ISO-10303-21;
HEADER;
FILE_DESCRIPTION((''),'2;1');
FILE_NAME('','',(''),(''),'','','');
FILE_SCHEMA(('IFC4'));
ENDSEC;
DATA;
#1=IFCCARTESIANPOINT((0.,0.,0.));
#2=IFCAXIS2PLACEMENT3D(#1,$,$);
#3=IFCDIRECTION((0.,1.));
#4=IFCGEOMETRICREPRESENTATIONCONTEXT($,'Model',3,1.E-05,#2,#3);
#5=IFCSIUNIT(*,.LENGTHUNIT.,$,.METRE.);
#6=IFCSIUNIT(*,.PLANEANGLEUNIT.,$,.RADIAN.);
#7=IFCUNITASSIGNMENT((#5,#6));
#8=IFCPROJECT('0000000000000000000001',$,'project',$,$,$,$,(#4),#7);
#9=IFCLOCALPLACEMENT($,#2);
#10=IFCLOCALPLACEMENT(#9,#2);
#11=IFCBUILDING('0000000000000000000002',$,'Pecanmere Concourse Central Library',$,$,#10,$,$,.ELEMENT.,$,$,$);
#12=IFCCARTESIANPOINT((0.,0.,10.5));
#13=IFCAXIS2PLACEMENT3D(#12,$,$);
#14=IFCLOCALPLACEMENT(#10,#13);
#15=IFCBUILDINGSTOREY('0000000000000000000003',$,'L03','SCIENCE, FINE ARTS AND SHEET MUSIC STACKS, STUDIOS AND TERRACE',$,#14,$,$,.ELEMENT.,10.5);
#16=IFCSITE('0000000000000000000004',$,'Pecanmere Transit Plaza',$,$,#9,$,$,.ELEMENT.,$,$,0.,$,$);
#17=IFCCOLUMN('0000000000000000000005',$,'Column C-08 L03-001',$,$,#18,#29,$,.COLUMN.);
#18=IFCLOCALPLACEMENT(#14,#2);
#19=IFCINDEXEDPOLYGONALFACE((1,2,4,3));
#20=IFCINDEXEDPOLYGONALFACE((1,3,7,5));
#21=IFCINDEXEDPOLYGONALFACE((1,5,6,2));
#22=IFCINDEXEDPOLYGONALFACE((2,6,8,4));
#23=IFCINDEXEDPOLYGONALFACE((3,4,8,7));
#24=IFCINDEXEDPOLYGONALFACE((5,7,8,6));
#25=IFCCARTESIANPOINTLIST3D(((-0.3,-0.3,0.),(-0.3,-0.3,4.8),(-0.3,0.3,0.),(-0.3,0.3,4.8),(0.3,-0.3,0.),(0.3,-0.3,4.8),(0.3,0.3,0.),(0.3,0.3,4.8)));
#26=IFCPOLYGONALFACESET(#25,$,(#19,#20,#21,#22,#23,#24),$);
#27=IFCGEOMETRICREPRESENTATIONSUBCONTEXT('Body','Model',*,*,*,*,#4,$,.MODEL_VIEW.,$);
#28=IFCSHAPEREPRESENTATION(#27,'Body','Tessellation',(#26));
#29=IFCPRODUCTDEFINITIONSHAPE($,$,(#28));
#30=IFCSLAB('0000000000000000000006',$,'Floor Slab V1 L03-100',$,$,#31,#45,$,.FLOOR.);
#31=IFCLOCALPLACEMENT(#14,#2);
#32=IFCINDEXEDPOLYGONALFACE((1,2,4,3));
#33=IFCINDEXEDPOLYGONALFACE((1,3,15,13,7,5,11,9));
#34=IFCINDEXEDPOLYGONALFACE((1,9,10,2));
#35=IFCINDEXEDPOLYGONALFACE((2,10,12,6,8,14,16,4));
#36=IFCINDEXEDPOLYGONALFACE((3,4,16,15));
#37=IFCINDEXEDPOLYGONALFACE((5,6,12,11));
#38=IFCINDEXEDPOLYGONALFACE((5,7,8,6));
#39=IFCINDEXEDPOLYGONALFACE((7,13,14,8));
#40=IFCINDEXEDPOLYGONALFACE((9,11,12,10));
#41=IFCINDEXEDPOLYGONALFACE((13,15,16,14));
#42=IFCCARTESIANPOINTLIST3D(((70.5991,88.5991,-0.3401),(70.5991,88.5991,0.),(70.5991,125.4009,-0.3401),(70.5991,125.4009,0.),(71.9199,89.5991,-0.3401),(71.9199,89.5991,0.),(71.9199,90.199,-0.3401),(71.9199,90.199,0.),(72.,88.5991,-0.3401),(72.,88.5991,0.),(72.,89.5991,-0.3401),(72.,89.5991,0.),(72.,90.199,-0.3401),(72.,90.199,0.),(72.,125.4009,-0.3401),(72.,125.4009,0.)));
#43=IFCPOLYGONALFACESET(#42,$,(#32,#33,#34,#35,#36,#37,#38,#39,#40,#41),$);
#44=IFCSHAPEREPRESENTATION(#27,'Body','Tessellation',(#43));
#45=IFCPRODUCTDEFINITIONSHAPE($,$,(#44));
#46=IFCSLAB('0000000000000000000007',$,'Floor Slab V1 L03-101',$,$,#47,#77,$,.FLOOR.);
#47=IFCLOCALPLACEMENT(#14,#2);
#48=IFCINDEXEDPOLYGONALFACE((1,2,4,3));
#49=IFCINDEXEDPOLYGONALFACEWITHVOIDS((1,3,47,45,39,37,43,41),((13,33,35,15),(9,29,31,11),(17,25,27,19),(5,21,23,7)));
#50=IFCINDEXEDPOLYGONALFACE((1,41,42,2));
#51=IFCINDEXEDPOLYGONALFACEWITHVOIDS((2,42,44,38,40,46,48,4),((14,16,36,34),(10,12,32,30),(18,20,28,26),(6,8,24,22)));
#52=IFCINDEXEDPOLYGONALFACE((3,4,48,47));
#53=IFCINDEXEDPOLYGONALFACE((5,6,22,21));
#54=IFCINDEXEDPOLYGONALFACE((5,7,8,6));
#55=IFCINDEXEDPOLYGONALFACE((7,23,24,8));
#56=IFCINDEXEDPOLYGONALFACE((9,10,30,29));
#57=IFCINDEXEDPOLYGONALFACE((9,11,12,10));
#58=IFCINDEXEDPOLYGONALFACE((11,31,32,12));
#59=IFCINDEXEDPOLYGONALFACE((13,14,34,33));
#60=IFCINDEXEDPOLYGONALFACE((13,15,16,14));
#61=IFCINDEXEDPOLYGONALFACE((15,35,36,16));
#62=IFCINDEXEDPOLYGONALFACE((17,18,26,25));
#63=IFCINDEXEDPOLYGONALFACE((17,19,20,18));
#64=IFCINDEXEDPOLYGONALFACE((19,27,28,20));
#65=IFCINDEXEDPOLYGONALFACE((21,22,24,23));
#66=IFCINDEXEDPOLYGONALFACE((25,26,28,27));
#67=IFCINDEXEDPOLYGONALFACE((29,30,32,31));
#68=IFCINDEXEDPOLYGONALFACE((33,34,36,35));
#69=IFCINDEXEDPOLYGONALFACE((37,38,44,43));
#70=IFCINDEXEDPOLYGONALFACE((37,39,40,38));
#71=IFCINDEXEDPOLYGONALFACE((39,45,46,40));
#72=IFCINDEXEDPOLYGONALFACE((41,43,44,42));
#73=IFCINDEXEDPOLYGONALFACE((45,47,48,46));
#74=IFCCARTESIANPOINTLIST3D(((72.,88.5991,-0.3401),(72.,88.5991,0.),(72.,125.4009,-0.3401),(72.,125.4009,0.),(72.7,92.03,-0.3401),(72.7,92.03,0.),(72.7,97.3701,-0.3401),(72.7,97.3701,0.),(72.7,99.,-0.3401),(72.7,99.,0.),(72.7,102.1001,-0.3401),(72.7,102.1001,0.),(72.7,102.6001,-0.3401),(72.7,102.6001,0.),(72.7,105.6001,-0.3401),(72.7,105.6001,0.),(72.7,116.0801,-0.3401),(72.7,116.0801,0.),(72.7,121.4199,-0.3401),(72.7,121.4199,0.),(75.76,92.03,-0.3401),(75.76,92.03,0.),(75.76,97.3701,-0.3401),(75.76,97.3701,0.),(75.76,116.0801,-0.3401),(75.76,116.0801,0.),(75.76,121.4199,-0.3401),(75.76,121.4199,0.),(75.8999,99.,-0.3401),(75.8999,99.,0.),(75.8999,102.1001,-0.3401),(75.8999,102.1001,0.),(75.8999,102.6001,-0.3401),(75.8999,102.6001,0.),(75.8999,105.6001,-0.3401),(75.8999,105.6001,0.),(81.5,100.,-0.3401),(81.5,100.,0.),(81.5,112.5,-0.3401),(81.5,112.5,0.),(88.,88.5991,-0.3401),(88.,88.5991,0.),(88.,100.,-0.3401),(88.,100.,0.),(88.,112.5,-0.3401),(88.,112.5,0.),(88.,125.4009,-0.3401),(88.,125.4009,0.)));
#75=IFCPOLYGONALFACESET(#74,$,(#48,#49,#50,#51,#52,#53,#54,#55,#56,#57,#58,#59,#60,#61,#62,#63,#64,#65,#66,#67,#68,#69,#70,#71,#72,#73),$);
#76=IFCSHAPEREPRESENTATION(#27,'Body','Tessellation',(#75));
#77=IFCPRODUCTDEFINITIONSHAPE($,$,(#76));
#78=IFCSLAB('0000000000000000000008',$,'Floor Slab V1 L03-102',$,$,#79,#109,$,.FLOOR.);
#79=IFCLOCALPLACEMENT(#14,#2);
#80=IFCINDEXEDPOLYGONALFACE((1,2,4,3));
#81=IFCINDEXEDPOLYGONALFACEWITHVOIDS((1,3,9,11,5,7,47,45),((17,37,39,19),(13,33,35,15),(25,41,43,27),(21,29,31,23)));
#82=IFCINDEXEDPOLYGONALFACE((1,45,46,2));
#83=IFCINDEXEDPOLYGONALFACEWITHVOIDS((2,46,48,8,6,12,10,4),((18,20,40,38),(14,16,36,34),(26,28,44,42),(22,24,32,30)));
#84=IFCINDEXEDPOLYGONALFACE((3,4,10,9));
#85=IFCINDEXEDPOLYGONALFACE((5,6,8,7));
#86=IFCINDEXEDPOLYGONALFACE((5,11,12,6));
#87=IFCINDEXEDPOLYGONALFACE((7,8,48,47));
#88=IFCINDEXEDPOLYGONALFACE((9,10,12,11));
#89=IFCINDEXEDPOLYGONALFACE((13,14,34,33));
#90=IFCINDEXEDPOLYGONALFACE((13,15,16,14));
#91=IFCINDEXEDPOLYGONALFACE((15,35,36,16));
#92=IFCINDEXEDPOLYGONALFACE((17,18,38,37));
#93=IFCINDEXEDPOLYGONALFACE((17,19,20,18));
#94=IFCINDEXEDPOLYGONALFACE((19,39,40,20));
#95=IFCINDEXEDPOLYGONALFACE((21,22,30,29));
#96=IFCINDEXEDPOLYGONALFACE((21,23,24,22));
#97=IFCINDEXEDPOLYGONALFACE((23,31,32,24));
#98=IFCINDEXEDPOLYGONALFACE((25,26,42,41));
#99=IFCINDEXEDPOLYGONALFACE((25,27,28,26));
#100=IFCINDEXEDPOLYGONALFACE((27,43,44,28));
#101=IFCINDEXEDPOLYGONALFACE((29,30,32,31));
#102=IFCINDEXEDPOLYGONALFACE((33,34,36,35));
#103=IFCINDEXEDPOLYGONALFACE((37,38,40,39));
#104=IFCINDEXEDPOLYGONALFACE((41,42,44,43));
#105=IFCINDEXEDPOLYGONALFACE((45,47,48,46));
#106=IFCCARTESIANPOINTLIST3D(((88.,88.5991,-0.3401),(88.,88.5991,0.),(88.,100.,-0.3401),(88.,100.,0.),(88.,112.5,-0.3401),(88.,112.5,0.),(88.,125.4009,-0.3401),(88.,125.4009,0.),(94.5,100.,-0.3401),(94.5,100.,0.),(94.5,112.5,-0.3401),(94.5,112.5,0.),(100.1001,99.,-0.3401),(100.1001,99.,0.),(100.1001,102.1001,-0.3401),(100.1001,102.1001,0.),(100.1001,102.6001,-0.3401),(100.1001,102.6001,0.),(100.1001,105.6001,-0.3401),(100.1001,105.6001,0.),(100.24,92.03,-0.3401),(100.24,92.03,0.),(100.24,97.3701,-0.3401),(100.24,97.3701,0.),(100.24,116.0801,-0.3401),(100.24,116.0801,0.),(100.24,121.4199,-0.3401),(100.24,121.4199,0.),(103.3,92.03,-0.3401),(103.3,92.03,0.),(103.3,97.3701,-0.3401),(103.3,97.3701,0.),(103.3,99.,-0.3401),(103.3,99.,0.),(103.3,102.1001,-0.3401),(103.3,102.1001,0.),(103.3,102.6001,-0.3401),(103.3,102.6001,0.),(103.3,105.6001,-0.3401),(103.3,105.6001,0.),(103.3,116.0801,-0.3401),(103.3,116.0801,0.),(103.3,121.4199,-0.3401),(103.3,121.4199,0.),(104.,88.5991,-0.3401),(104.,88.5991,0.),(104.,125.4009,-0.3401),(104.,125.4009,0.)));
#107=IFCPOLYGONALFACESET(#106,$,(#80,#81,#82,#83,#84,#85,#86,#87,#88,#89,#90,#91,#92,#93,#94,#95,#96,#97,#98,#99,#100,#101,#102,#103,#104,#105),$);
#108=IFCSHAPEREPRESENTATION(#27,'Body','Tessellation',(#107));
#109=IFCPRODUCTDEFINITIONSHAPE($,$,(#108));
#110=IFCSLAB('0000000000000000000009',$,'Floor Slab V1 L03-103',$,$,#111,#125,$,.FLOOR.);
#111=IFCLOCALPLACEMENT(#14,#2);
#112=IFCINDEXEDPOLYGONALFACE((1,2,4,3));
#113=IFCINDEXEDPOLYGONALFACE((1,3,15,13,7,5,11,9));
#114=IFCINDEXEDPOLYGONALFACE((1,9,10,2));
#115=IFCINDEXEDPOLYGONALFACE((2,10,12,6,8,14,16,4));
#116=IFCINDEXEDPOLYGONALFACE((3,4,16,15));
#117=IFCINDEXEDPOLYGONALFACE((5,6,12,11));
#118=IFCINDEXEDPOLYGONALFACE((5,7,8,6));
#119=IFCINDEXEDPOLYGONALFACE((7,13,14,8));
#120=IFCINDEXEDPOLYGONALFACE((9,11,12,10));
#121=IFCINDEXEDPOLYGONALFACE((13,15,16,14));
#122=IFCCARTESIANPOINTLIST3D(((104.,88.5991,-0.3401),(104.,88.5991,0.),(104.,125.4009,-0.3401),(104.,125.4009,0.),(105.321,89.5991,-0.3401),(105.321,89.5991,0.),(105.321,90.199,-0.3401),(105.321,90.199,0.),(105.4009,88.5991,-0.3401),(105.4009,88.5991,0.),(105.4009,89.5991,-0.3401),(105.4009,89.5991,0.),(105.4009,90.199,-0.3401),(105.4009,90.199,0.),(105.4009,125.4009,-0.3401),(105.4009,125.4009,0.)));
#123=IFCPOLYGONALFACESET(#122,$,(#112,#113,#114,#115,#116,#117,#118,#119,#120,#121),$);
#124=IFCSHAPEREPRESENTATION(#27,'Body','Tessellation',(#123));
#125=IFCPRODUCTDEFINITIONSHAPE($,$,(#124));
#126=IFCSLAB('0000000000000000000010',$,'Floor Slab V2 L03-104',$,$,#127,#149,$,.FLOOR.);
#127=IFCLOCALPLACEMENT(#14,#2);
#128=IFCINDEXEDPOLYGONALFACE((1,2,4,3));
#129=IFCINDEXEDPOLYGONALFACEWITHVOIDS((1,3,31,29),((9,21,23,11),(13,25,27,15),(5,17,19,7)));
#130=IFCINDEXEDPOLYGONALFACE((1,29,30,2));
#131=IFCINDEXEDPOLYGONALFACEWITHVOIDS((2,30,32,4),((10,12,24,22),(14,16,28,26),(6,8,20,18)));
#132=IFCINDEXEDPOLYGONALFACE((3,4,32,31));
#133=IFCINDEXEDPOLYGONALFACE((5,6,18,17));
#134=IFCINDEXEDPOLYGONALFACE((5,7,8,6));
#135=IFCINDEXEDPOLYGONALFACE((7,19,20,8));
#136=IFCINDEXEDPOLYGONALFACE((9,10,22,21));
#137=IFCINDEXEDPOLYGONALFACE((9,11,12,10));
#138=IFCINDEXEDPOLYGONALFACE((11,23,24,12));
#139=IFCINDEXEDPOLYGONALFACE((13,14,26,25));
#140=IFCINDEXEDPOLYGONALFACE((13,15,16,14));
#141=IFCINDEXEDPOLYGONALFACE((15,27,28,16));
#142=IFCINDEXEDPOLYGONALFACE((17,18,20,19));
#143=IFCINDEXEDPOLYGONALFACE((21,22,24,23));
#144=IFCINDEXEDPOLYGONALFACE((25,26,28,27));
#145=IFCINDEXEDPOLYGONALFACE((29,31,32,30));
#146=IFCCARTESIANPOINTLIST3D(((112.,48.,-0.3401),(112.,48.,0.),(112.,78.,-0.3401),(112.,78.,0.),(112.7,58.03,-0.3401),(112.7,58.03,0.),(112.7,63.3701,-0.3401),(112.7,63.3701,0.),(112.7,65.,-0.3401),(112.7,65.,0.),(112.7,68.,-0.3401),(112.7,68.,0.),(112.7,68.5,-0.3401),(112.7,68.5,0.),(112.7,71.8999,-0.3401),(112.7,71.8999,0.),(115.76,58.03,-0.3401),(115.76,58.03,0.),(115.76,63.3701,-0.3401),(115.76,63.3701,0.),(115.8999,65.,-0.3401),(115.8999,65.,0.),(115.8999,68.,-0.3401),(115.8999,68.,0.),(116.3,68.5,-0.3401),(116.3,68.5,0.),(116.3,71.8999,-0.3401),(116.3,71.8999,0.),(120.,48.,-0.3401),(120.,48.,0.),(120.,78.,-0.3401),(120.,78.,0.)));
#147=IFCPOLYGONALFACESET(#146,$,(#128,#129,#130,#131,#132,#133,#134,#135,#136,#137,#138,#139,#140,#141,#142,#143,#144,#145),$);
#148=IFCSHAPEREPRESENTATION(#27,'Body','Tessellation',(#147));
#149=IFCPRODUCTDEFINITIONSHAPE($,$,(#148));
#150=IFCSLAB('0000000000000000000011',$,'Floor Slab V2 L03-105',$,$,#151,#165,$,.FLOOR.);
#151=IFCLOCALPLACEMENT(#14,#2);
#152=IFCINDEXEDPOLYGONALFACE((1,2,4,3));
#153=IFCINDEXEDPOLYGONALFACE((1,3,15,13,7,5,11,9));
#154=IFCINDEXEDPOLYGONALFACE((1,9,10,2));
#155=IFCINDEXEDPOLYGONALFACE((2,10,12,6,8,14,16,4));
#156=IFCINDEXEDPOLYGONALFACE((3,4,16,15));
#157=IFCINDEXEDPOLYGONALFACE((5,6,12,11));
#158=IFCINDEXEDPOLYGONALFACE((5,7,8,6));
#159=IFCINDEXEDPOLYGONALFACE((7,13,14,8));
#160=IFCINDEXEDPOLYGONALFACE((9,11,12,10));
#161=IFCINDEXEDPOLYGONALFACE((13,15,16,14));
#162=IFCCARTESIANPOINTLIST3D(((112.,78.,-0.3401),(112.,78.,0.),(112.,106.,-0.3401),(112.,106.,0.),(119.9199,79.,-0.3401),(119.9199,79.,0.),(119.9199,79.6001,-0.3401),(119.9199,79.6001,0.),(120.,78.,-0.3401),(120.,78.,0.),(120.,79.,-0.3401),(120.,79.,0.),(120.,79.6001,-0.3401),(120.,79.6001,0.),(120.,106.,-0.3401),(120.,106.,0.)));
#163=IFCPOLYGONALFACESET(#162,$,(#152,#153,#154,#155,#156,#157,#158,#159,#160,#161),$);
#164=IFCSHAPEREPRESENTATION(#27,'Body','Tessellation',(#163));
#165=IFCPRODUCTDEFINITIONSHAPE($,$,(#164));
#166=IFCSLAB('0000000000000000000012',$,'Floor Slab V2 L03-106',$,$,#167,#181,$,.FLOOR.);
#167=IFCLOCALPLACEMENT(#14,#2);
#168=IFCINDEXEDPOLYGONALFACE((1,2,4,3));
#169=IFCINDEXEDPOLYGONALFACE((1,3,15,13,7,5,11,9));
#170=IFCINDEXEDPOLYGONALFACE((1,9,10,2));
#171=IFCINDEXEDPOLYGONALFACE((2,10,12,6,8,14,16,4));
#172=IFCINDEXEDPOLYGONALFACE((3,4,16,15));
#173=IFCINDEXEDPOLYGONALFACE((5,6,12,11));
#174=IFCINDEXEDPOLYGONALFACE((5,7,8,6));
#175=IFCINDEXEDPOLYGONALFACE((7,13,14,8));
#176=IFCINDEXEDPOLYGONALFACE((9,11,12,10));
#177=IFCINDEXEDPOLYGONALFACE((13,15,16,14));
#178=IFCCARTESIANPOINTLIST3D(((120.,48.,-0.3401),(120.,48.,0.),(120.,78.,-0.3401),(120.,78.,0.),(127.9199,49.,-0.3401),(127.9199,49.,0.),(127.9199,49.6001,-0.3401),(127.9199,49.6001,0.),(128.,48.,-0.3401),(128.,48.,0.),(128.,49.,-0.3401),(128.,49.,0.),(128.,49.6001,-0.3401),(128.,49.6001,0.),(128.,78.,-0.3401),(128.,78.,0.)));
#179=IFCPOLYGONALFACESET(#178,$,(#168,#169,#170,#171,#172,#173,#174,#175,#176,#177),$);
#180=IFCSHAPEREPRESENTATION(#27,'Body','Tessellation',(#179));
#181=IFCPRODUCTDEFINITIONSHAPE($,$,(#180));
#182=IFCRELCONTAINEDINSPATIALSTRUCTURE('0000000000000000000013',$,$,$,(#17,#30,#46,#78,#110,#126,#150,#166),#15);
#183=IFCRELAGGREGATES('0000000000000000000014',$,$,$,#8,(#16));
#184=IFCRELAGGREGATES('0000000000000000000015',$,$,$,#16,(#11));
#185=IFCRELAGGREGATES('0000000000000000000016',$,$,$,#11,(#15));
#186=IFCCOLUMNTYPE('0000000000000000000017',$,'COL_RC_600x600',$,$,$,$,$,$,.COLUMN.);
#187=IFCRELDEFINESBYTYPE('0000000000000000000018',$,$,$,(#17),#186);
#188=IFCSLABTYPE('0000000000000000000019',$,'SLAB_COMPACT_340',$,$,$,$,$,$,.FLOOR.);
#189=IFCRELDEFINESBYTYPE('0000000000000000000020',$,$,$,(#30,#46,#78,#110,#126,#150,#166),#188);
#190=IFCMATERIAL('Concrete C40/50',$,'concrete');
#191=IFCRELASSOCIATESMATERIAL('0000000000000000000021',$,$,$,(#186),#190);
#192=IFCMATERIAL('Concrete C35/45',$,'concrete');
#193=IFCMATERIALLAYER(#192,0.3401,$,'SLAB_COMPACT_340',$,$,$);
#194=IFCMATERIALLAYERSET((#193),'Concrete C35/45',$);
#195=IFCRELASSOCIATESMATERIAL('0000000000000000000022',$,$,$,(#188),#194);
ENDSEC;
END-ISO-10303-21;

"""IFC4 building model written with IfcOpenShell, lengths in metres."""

from ifc_helpers import new_model, si_unit, direction, frame, origin, origin_with_axes, origin_2d, place, context, subcontext, project, spatial, polyline, rectangle, outline, extrude, material, layer, layer_set, material_profile, profile_set, type_object, element, save


model = new_model("IFC4")

# Units and contexts
model_context = context("Model", 3, precision=1e-05, world=origin(), true_north=direction((0.0, 1.0)))
body_context = subcontext(model_context, "Body", "Model", "MODEL_VIEW")
ifc_project = project(units=[si_unit("LENGTHUNIT", "METRE"), si_unit("PLANEANGLEUNIT", "RADIAN")], contexts=[model_context])

# Site, building, storey
site_placement = place(None, origin())
site = spatial("IfcSite", under=ifc_project, at=site_placement, Name="Pecanmere Transit Plaza", CompositionType="ELEMENT", RefElevation=0.0)
building_placement = place(site_placement, origin())
building = spatial("IfcBuilding", under=site, at=building_placement, Name="Pecanmere Concourse Central Library", CompositionType="ELEMENT")
storey_placement = place(building_placement, frame((0.0, 0.0, 10.5)))
storey = spatial("IfcBuildingStorey", under=building, at=storey_placement, Name="L03", Description="SCIENCE, FINE ARTS AND SHEET MUSIC STACKS, STUDIOS AND TERRACE", CompositionType="ELEMENT", Elevation=10.5)

# Column
ifc_material_1 = material(Name="Concrete C40/50", Category="concrete")
ifc_material_profile = material_profile(ifc_material_1, rectangle(XDim=0.6001, YDim=0.6001, at=origin_2d()), Name="RC 600x600")
ifc_profile_set = profile_set([ifc_material_profile], Name="Concrete C40/50")
column_type = type_object("IfcColumnType", Name="COL_RC_600x600", PredefinedType="COLUMN", material=ifc_profile_set)
column_placement = place(storey_placement, origin_with_axes())
element("IfcColumn", 1, at=column_placement, inside=storey, type_object=column_type, Name="Column C-08 L03-001", PredefinedType="COLUMN", context=body_context, shape_type="SweptSolid", body=[
    extrude(rectangle(XDim=0.6001, YDim=0.6001, at=origin_2d()), origin(), (0.0, 0.0, 1.0), 4.8),
])

# Slabs
ifc_material_2 = material(Name="Concrete C35/45", Category="concrete")
ifc_layer_1 = layer(ifc_material_2, 0.3401, Name="SLAB_COMPACT_340")
ifc_layer_set_1 = layer_set([ifc_layer_1], Name="Concrete C35/45")
slab_type_1 = type_object("IfcSlabType", Name="SLAB_COMPACT_340", PredefinedType="FLOOR", material=ifc_layer_set_1)
slab_1_placement = place(storey_placement, frame((0.0, 0.0, -0.3401)))
element("IfcSlab", 2, at=slab_1_placement, inside=storey, type_object=slab_type_1, Name="Floor Slab V1 L03-100", PredefinedType="FLOOR", context=body_context, shape_type="SweptSolid", body=[
    extrude(outline(polyline([(72.0, 90.199), (71.9199, 90.199), (71.9199, 89.5991), (72.0, 89.5991), (72.0, 88.5991), (70.5991, 88.5991), (70.5991, 125.4009), (72.0, 125.4009), (72.0, 90.199)])), origin(), (0.0, 0.0, 1.0), 0.3401),
])
slab_2_placement = place(storey_placement, frame((0.0, 0.0, -0.3401)))
element("IfcSlab", 3, at=slab_2_placement, inside=storey, type_object=slab_type_1, Name="Floor Slab V1 L03-101", PredefinedType="FLOOR", context=body_context, shape_type="SweptSolid", body=[
    extrude(outline(polyline([(72.0, 88.5991), (72.0, 125.4009), (88.0, 125.4009), (88.0, 112.5), (81.5, 112.5), (81.5, 100.0), (88.0, 100.0), (88.0, 88.5991), (72.0, 88.5991)]), holes=[polyline([(75.76, 97.3701), (72.7, 97.3701), (72.7, 92.03), (75.76, 92.03), (75.76, 97.3701)]), polyline([(75.8999, 102.1001), (72.7, 102.1001), (72.7, 99.0), (75.8999, 99.0), (75.8999, 102.1001)]), polyline([(75.8999, 105.6001), (72.7, 105.6001), (72.7, 102.6001), (75.8999, 102.6001), (75.8999, 105.6001)]), polyline([(75.76, 121.4199), (72.7, 121.4199), (72.7, 116.0801), (75.76, 116.0801), (75.76, 121.4199)])]), origin(), (0.0, 0.0, 1.0), 0.3401),
])
slab_3_placement = place(storey_placement, frame((0.0, 0.0, -0.3401)))
element("IfcSlab", 4, at=slab_3_placement, inside=storey, type_object=slab_type_1, Name="Floor Slab V1 L03-102", PredefinedType="FLOOR", context=body_context, shape_type="SweptSolid", body=[
    extrude(outline(polyline([(88.0, 88.5991), (88.0, 100.0), (94.5, 100.0), (94.5, 112.5), (88.0, 112.5), (88.0, 125.4009), (104.0, 125.4009), (104.0, 88.5991), (88.0, 88.5991)]), holes=[polyline([(103.3, 97.3701), (100.24, 97.3701), (100.24, 92.03), (103.3, 92.03), (103.3, 97.3701)]), polyline([(103.3, 102.1001), (100.1001, 102.1001), (100.1001, 99.0), (103.3, 99.0), (103.3, 102.1001)]), polyline([(103.3, 105.6001), (100.1001, 105.6001), (100.1001, 102.6001), (103.3, 102.6001), (103.3, 105.6001)]), polyline([(103.3, 121.4199), (100.24, 121.4199), (100.24, 116.0801), (103.3, 116.0801), (103.3, 121.4199)])]), origin(), (0.0, 0.0, 1.0), 0.3401),
])
slab_4_placement = place(storey_placement, frame((0.0, 0.0, -0.3401)))
element("IfcSlab", 5, at=slab_4_placement, inside=storey, type_object=slab_type_1, Name="Floor Slab V1 L03-103", PredefinedType="FLOOR", context=body_context, shape_type="SweptSolid", body=[
    extrude(outline(polyline([(104.0, 125.4009), (105.4009, 125.4009), (105.4009, 90.199), (105.321, 90.199), (105.321, 89.5991), (105.4009, 89.5991), (105.4009, 88.5991), (104.0, 88.5991), (104.0, 125.4009)])), origin(), (0.0, 0.0, 1.0), 0.3401),
])
slab_5_placement = place(storey_placement, frame((0.0, 0.0, -0.3401)))
element("IfcSlab", 6, at=slab_5_placement, inside=storey, type_object=slab_type_1, Name="Floor Slab V2 L03-104", PredefinedType="FLOOR", context=body_context, shape_type="SweptSolid", body=[
    extrude(outline(polyline([(112.0, 48.0), (112.0, 78.0), (120.0, 78.0), (120.0, 48.0), (112.0, 48.0)]), holes=[polyline([(115.76, 63.3701), (112.7, 63.3701), (112.7, 58.03), (115.76, 58.03), (115.76, 63.3701)]), polyline([(115.8999, 68.0), (112.7, 68.0), (112.7, 65.0), (115.8999, 65.0), (115.8999, 68.0)]), polyline([(116.3, 71.8999), (112.7, 71.8999), (112.7, 68.5), (116.3, 68.5), (116.3, 71.8999)])]), origin(), (0.0, 0.0, 1.0), 0.3401),
])
slab_6_placement = place(storey_placement, frame((0.0, 0.0, -0.3401)))
element("IfcSlab", 7, at=slab_6_placement, inside=storey, type_object=slab_type_1, Name="Floor Slab V2 L03-105", PredefinedType="FLOOR", context=body_context, shape_type="SweptSolid", body=[
    extrude(outline(polyline([(112.0, 78.0), (112.0, 106.0), (120.0, 106.0), (120.0, 79.6001), (119.9199, 79.6001), (119.9199, 79.0), (120.0, 79.0), (120.0, 78.0), (112.0, 78.0)])), origin(), (0.0, 0.0, 1.0), 0.3401),
])
slab_7_placement = place(storey_placement, frame((0.0, 0.0, -0.3401)))
element("IfcSlab", 8, at=slab_7_placement, inside=storey, type_object=slab_type_1, Name="Floor Slab V2 L03-106", PredefinedType="FLOOR", context=body_context, shape_type="SweptSolid", body=[
    extrude(outline(polyline([(120.0, 78.0), (128.0, 78.0), (128.0, 49.6001), (127.9199, 49.6001), (127.9199, 49.0), (128.0, 49.0), (128.0, 48.0), (120.0, 48.0), (120.0, 78.0)])), origin(), (0.0, 0.0, 1.0), 0.3401),
])

save(model, "model.ifc")
